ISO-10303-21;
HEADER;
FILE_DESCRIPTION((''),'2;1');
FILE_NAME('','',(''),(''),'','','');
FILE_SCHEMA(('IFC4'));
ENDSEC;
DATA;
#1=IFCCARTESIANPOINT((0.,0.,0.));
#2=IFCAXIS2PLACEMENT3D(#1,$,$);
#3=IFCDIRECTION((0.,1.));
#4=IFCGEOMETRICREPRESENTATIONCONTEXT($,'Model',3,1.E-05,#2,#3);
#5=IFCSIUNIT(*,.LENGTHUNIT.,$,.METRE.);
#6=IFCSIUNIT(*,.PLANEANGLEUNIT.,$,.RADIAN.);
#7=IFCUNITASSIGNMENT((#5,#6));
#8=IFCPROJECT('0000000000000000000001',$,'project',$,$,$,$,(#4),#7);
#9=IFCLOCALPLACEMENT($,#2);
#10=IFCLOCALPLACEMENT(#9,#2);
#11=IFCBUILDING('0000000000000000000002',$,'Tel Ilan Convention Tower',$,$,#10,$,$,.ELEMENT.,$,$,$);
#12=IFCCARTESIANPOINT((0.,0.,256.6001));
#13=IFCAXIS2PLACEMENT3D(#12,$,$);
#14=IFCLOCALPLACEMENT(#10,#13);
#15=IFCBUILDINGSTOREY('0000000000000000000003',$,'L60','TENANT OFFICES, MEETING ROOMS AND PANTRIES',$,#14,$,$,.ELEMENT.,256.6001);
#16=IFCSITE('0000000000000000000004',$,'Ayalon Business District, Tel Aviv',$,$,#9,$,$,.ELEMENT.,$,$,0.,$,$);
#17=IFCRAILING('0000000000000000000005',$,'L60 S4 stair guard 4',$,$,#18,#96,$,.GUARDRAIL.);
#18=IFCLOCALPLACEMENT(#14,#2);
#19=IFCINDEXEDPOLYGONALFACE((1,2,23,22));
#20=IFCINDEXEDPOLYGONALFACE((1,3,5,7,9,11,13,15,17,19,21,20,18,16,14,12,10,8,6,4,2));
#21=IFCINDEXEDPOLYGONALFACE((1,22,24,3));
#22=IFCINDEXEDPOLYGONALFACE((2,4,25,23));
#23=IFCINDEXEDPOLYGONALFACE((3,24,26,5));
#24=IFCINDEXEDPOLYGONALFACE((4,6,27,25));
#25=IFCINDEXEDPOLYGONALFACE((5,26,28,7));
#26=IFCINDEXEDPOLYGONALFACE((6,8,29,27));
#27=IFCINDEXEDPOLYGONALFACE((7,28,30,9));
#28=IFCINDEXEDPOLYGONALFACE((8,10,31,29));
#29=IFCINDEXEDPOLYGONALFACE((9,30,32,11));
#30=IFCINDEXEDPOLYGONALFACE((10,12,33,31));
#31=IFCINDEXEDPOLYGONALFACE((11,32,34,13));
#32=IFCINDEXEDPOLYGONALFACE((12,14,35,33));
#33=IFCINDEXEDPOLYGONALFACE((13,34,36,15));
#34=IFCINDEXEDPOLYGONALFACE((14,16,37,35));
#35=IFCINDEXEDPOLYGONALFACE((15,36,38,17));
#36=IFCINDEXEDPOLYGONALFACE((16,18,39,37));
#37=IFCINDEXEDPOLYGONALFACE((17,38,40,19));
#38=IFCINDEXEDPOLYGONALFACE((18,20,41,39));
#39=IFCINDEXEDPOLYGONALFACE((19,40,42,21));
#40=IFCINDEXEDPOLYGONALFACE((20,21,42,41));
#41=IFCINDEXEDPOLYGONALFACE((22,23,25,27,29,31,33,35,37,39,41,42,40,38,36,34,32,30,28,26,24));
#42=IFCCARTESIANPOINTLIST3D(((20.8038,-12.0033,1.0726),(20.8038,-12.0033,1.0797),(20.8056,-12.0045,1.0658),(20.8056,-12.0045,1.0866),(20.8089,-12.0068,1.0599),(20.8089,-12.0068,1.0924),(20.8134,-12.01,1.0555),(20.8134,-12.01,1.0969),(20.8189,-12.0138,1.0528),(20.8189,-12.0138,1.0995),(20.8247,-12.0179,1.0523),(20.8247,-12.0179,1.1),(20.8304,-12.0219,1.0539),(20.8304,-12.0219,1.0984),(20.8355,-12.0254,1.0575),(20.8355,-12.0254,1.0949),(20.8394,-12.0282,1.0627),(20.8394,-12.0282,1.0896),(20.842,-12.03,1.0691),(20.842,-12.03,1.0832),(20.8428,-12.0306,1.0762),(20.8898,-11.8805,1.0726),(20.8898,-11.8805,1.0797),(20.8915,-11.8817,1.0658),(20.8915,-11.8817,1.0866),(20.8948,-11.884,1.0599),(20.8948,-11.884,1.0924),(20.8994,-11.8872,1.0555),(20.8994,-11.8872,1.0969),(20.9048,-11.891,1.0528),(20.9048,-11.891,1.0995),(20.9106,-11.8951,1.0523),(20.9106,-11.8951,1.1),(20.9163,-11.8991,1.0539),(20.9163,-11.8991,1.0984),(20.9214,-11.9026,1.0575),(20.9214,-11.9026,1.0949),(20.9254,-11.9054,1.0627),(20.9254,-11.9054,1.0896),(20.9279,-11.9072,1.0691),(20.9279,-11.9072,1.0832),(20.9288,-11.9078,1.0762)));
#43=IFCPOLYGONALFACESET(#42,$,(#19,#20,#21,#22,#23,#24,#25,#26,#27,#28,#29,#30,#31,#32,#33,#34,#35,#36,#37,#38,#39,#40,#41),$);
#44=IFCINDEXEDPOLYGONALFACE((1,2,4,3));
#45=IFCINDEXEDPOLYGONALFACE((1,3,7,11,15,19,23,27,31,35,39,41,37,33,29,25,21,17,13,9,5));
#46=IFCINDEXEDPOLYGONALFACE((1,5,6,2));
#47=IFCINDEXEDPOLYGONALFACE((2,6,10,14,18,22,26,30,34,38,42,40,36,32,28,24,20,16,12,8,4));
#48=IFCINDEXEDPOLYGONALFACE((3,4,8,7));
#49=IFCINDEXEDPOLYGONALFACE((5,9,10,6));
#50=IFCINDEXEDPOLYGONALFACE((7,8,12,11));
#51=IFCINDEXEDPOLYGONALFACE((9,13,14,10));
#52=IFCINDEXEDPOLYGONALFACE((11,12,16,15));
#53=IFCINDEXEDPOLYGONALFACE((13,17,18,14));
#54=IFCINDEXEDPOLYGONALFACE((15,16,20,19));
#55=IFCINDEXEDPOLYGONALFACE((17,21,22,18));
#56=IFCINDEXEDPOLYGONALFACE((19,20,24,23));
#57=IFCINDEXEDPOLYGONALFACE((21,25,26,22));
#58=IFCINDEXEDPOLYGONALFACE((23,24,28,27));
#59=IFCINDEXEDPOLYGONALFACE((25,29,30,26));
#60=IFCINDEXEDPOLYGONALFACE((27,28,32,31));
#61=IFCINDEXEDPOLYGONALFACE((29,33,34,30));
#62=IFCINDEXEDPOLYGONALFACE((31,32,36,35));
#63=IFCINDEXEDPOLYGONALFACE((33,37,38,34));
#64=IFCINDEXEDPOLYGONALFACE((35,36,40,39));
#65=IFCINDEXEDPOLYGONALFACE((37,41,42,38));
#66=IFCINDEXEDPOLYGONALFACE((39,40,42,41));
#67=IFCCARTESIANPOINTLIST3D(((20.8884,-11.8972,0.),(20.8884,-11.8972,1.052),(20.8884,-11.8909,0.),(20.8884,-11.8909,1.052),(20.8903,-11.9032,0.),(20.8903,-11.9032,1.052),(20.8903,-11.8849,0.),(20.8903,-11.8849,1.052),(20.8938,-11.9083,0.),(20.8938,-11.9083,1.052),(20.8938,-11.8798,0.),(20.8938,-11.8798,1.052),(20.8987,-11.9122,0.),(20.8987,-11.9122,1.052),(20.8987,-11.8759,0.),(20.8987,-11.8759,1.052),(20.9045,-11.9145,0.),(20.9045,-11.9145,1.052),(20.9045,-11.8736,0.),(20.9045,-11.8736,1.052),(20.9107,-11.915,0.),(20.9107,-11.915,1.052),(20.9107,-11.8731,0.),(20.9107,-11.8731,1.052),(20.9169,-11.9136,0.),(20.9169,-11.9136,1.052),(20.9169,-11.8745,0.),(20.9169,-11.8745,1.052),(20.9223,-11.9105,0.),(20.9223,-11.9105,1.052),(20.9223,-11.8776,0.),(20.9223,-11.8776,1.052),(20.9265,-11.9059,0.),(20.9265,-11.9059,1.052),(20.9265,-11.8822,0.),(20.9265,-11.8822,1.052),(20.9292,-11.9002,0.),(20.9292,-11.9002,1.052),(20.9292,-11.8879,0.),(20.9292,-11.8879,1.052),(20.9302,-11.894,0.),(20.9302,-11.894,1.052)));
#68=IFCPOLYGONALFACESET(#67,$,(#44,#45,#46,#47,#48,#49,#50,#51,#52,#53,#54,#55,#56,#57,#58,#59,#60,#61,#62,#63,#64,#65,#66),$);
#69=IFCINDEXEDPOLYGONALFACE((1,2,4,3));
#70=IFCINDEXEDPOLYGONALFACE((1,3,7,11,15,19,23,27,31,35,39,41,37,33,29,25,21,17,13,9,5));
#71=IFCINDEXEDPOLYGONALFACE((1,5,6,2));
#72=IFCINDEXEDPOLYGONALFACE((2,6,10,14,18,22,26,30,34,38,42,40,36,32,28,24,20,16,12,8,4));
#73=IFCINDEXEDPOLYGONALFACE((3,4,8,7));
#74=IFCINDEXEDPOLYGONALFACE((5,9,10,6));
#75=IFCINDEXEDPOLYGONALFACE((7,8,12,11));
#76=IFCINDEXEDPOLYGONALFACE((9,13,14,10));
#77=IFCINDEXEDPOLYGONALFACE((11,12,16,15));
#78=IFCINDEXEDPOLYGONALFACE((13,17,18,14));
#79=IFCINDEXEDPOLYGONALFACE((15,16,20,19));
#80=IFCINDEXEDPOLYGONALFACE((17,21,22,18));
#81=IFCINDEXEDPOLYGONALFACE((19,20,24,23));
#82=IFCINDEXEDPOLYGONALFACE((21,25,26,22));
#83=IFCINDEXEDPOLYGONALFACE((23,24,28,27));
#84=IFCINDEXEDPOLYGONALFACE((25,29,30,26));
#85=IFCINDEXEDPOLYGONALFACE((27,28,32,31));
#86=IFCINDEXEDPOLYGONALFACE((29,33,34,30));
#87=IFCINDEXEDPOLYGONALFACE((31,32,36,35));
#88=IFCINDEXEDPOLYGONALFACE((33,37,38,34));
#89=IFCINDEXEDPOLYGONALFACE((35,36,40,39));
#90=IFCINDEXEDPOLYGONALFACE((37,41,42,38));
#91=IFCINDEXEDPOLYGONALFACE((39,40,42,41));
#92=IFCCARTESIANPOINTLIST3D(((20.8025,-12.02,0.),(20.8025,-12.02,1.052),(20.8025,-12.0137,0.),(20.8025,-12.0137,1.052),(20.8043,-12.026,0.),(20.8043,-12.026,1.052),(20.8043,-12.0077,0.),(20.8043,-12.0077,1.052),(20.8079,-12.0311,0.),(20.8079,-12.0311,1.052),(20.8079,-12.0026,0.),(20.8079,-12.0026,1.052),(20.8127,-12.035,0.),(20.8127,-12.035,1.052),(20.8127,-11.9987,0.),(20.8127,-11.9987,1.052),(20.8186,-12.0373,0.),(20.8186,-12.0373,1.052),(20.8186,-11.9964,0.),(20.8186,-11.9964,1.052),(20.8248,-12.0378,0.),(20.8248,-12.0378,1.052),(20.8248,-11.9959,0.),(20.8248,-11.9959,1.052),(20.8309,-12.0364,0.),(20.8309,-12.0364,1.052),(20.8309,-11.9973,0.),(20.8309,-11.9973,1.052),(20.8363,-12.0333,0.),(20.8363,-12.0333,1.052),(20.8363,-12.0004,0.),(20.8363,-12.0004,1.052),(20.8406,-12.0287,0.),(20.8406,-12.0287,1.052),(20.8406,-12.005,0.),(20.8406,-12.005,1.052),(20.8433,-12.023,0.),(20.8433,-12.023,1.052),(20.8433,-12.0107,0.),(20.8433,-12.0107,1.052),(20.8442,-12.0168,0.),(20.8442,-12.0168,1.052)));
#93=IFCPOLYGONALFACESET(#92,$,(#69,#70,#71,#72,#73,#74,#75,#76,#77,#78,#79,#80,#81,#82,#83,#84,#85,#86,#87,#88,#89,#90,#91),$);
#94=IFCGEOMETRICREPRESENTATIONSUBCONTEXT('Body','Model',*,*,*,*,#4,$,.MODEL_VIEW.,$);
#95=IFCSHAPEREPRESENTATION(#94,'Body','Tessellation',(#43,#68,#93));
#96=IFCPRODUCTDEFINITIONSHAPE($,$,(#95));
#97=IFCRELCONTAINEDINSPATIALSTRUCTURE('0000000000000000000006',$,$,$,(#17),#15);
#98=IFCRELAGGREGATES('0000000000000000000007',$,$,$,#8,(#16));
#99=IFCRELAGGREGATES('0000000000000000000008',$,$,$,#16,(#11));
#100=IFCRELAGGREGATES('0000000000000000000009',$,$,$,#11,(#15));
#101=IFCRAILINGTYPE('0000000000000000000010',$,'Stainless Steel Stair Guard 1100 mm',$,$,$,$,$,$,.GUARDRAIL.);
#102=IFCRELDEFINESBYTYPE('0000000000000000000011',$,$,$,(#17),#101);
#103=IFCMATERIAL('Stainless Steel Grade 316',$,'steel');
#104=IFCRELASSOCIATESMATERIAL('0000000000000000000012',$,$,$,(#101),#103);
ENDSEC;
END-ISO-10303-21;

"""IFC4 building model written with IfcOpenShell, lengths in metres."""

from ifc_helpers import new_model, si_unit, direction, frame, origin, origin_2d, place, context, subcontext, project, spatial, circle, extrude, material, type_object, element, save


model = new_model("IFC4")

# Units and contexts
model_context = context("Model", 3, precision=1e-05, world=origin(), true_north=direction((0.0, 1.0)))
body_context = subcontext(model_context, "Body", "Model", "MODEL_VIEW")
ifc_project = project(units=[si_unit("LENGTHUNIT", "METRE"), si_unit("PLANEANGLEUNIT", "RADIAN")], contexts=[model_context])

# Site, building, storey
site_placement = place(None, origin())
site = spatial("IfcSite", under=ifc_project, at=site_placement, Name="Ayalon Business District, Tel Aviv", CompositionType="ELEMENT", RefElevation=0.0)
building_placement = place(site_placement, origin())
building = spatial("IfcBuilding", under=site, at=building_placement, Name="Tel Ilan Convention Tower", CompositionType="ELEMENT")
storey_placement = place(building_placement, frame((0.0, 0.0, 256.6001)))
storey = spatial("IfcBuildingStorey", under=building, at=storey_placement, Name="L60", Description="TENANT OFFICES, MEETING ROOMS AND PANTRIES", CompositionType="ELEMENT", Elevation=256.6001)

# Railing
ifc_material_1 = material(Name="Stainless Steel Grade 316", Category="steel")
railing_type_1 = type_object("IfcRailingType", Name="Stainless Steel Stair Guard 1100 mm", PredefinedType="GUARDRAIL", material=ifc_material_1)
railing_1_placement = place(storey_placement, frame((20.9092, -11.894, 0.0)))
element("IfcRailing", 1, at=railing_1_placement, inside=storey, type_object=railing_type_1, Name="L60 S4 stair guard 4", PredefinedType="GUARDRAIL", context=body_context, shape_type="SweptSolid", body=[
    extrude(circle(Radius=0.0239, at=origin_2d()), frame((0.0, 0.0, 1.0762), z_axis=(-0.573353, -0.819308, 0.0), x_axis=(0.819308, -0.573353, 0.0)), (0.0, 0.0, 1.0), 0.1499),
    extrude(circle(Radius=0.021, at=origin_2d()), origin(), (0.0, 0.0, 1.0), 1.052),
    extrude(circle(Radius=0.021, at=origin_2d()), frame((-0.0859, -0.1228, 0.0)), (0.0, 0.0, 1.0), 1.052),
])

save(model, "model.ifc")
